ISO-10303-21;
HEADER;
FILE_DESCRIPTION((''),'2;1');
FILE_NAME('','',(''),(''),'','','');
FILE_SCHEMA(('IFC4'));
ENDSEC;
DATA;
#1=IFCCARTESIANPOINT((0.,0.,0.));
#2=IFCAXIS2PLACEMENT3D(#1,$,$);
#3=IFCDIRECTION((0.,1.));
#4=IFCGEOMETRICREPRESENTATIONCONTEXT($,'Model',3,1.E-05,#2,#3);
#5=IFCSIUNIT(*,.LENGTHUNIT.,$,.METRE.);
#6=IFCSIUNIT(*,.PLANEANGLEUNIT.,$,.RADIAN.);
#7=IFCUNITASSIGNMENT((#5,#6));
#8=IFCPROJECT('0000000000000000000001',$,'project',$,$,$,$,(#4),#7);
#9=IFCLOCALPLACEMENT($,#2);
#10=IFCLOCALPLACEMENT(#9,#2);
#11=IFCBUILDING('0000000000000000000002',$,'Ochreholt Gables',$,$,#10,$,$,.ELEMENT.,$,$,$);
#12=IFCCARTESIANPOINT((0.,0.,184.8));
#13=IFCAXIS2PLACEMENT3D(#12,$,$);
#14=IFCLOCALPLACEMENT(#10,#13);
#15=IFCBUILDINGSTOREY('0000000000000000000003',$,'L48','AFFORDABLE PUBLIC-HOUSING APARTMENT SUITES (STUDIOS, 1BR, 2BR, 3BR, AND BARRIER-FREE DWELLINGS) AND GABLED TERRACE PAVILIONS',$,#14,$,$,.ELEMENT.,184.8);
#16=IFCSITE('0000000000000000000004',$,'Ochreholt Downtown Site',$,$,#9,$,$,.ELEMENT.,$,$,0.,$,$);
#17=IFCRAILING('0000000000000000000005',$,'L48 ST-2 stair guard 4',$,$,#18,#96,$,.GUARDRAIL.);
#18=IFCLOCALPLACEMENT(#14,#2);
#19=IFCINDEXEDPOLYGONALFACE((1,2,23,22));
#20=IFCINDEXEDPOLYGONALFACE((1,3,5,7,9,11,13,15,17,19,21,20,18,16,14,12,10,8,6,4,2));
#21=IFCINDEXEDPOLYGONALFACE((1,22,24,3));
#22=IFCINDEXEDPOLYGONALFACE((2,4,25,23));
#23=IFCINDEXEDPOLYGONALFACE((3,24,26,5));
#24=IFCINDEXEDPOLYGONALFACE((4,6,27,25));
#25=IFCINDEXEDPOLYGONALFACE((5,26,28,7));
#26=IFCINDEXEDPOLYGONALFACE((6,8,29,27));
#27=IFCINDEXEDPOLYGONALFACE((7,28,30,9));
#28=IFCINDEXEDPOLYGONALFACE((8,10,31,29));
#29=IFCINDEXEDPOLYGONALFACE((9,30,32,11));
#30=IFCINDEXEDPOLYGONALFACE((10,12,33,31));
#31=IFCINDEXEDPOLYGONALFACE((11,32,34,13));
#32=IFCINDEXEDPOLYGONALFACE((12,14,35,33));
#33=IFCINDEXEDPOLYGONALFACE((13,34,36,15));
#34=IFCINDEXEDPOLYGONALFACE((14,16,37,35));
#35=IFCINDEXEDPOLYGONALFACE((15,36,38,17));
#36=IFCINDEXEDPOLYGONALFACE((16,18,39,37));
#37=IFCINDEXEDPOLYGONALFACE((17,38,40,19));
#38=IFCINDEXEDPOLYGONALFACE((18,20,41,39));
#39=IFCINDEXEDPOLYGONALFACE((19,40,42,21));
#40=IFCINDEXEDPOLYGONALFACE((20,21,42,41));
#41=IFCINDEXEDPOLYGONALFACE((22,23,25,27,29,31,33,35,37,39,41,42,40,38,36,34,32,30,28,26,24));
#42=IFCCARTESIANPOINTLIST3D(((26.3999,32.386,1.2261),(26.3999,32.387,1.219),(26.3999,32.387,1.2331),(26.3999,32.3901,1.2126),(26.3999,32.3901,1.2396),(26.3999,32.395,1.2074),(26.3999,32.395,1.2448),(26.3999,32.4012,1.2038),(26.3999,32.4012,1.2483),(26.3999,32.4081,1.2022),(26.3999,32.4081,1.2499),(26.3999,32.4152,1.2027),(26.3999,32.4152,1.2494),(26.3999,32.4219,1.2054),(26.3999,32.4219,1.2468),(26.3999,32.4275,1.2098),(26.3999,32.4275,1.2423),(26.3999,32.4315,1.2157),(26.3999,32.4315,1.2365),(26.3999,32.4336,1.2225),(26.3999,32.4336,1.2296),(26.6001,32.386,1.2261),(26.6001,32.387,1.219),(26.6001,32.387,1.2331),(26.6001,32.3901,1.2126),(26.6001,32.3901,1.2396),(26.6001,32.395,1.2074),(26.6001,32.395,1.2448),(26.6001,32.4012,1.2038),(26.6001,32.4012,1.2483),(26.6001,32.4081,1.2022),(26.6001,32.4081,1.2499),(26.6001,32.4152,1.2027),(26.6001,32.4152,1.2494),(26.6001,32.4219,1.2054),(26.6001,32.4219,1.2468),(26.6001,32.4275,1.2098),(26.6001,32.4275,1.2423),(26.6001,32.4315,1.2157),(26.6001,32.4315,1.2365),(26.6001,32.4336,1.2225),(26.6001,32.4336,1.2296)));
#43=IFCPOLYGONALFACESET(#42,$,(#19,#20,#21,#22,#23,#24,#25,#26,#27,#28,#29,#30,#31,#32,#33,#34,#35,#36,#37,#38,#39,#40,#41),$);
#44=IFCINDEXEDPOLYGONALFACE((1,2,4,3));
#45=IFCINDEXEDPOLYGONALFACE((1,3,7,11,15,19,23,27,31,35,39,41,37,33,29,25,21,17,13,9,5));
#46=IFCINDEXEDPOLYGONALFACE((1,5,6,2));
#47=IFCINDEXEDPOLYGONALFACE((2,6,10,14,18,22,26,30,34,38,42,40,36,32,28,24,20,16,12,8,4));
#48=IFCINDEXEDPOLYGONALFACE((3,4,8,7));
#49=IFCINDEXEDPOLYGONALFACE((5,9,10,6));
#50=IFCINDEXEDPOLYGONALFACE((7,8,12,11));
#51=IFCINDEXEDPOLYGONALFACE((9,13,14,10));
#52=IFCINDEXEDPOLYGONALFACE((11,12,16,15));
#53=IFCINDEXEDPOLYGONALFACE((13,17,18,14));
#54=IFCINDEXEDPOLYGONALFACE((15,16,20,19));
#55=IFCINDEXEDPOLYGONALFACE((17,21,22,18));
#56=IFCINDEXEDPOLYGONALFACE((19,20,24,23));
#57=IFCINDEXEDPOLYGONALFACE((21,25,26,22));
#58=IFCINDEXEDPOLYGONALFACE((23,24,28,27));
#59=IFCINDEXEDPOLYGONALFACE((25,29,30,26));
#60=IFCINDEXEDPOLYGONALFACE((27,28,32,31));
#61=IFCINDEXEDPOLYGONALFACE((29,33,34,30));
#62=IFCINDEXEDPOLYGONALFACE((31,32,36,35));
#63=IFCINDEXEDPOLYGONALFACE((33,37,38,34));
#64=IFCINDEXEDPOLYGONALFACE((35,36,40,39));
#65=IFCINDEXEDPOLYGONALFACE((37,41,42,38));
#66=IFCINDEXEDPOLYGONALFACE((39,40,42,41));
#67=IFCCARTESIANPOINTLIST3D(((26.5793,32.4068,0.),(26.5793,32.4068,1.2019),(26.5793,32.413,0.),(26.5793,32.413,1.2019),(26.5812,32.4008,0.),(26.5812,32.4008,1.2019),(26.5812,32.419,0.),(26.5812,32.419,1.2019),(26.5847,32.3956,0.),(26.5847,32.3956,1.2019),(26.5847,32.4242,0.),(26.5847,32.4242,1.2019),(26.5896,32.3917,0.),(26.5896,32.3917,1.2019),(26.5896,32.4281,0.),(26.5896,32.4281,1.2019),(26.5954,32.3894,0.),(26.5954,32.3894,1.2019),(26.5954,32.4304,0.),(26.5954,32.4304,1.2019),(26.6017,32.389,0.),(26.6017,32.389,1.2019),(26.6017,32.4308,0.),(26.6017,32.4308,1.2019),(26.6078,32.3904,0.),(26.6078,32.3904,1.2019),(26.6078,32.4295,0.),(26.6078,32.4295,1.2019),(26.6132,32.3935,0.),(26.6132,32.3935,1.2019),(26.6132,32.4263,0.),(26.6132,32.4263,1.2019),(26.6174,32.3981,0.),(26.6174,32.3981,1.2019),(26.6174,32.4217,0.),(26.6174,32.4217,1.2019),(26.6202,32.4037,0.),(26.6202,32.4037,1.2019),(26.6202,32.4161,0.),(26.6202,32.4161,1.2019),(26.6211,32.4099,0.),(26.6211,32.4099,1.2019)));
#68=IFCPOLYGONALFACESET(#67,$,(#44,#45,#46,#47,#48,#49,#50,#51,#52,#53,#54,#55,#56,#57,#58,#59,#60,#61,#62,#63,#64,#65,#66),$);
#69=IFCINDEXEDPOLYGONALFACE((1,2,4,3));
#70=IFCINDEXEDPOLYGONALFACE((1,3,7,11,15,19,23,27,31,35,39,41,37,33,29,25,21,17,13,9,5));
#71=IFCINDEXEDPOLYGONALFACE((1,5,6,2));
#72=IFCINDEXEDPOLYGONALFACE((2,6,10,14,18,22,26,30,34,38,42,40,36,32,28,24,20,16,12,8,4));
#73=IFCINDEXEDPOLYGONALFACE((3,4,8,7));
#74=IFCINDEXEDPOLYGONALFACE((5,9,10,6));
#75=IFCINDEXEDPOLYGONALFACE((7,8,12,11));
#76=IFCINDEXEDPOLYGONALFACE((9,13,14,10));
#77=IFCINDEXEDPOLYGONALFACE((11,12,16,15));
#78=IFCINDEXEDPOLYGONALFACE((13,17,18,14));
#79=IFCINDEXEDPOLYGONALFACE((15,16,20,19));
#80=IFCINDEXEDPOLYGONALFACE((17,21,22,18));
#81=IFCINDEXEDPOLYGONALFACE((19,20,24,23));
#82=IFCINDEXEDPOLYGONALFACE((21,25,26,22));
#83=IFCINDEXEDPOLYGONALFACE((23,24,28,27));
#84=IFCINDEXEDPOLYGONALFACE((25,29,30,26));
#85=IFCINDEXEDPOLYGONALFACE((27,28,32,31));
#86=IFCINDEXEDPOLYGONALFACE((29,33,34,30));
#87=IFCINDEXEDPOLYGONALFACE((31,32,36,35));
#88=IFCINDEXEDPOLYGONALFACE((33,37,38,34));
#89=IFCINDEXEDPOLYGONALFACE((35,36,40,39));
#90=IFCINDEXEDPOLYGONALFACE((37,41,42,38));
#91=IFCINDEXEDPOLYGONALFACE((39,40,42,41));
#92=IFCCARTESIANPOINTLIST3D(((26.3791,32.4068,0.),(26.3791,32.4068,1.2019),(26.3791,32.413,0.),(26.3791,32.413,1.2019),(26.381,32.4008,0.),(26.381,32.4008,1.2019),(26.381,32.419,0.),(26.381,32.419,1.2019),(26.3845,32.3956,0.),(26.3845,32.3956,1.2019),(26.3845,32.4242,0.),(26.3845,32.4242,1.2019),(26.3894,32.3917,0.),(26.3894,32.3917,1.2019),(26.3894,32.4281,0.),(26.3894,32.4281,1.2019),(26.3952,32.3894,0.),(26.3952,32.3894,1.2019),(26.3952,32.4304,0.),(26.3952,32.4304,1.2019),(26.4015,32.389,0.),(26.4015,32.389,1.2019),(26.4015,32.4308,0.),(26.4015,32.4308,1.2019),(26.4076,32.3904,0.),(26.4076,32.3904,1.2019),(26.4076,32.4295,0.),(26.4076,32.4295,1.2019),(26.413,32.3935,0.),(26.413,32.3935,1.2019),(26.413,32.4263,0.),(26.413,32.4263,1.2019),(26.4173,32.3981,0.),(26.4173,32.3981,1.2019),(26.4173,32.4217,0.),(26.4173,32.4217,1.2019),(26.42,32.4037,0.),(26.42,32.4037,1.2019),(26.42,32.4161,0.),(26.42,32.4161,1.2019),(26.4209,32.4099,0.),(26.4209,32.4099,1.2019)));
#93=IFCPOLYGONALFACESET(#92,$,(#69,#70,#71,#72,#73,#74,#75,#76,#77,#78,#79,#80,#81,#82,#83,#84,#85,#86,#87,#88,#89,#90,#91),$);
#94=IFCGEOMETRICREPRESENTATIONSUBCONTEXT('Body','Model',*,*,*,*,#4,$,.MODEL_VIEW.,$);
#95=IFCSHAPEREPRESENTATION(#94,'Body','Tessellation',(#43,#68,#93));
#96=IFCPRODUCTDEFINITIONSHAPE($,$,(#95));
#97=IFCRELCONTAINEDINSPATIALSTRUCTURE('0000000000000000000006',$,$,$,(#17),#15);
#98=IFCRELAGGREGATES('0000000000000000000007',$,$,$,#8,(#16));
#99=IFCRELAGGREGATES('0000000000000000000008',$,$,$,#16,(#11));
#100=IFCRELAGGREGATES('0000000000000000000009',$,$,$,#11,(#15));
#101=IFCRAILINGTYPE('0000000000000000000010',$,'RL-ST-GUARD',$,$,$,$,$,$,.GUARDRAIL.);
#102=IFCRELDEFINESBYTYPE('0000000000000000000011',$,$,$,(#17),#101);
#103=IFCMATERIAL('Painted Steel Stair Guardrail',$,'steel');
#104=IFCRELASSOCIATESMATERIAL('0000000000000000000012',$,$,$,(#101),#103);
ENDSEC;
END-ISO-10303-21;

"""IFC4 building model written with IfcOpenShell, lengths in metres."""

from ifc_helpers import new_model, si_unit, direction, frame, origin, origin_2d, place, context, subcontext, project, spatial, circle, extrude, material, type_object, element, save


model = new_model("IFC4")

# Units and contexts
model_context = context("Model", 3, precision=1e-05, world=origin(), true_north=direction((0.0, 1.0)))
body_context = subcontext(model_context, "Body", "Model", "MODEL_VIEW")
ifc_project = project(units=[si_unit("LENGTHUNIT", "METRE"), si_unit("PLANEANGLEUNIT", "RADIAN")], contexts=[model_context])

# Site, building, storey
site_placement = place(None, origin())
site = spatial("IfcSite", under=ifc_project, at=site_placement, Name="Ochreholt Downtown Site", CompositionType="ELEMENT", RefElevation=0.0)
building_placement = place(site_placement, origin())
building = spatial("IfcBuilding", under=site, at=building_placement, Name="Ochreholt Gables", CompositionType="ELEMENT")
storey_placement = place(building_placement, frame((0.0, 0.0, 184.8)))
storey = spatial("IfcBuildingStorey", under=building, at=storey_placement, Name="L48", Description="AFFORDABLE PUBLIC-HOUSING APARTMENT SUITES (STUDIOS, 1BR, 2BR, 3BR, AND BARRIER-FREE DWELLINGS) AND GABLED TERRACE PAVILIONS", CompositionType="ELEMENT", Elevation=184.8)

# Railing
ifc_material_1 = material(Name="Painted Steel Stair Guardrail", Category="steel")
railing_type = type_object("IfcRailingType", Name="RL-ST-GUARD", PredefinedType="GUARDRAIL", material=ifc_material_1)
railing_1_placement = place(storey_placement, frame((26.6001, 32.4099, 0.0)))
element("IfcRailing", 1, at=railing_1_placement, inside=storey, type_object=railing_type, Name="L48 ST-2 stair guard 4", PredefinedType="GUARDRAIL", context=body_context, shape_type="SweptSolid", body=[
    extrude(circle(Radius=0.0239, at=origin_2d()), frame((0.0, 0.0, 1.2261), z_axis=(-1.0, 0.0, 0.0), x_axis=(0.0, -1.0, 0.0)), (0.0, 0.0, 1.0), 0.2002),
    extrude(circle(Radius=0.021, at=origin_2d()), origin(), (0.0, 0.0, 1.0), 1.2019),
    extrude(circle(Radius=0.021, at=origin_2d()), frame((-0.2002, 0.0, 0.0)), (0.0, 0.0, 1.0), 1.2019),
])

save(model, "model.ifc")
